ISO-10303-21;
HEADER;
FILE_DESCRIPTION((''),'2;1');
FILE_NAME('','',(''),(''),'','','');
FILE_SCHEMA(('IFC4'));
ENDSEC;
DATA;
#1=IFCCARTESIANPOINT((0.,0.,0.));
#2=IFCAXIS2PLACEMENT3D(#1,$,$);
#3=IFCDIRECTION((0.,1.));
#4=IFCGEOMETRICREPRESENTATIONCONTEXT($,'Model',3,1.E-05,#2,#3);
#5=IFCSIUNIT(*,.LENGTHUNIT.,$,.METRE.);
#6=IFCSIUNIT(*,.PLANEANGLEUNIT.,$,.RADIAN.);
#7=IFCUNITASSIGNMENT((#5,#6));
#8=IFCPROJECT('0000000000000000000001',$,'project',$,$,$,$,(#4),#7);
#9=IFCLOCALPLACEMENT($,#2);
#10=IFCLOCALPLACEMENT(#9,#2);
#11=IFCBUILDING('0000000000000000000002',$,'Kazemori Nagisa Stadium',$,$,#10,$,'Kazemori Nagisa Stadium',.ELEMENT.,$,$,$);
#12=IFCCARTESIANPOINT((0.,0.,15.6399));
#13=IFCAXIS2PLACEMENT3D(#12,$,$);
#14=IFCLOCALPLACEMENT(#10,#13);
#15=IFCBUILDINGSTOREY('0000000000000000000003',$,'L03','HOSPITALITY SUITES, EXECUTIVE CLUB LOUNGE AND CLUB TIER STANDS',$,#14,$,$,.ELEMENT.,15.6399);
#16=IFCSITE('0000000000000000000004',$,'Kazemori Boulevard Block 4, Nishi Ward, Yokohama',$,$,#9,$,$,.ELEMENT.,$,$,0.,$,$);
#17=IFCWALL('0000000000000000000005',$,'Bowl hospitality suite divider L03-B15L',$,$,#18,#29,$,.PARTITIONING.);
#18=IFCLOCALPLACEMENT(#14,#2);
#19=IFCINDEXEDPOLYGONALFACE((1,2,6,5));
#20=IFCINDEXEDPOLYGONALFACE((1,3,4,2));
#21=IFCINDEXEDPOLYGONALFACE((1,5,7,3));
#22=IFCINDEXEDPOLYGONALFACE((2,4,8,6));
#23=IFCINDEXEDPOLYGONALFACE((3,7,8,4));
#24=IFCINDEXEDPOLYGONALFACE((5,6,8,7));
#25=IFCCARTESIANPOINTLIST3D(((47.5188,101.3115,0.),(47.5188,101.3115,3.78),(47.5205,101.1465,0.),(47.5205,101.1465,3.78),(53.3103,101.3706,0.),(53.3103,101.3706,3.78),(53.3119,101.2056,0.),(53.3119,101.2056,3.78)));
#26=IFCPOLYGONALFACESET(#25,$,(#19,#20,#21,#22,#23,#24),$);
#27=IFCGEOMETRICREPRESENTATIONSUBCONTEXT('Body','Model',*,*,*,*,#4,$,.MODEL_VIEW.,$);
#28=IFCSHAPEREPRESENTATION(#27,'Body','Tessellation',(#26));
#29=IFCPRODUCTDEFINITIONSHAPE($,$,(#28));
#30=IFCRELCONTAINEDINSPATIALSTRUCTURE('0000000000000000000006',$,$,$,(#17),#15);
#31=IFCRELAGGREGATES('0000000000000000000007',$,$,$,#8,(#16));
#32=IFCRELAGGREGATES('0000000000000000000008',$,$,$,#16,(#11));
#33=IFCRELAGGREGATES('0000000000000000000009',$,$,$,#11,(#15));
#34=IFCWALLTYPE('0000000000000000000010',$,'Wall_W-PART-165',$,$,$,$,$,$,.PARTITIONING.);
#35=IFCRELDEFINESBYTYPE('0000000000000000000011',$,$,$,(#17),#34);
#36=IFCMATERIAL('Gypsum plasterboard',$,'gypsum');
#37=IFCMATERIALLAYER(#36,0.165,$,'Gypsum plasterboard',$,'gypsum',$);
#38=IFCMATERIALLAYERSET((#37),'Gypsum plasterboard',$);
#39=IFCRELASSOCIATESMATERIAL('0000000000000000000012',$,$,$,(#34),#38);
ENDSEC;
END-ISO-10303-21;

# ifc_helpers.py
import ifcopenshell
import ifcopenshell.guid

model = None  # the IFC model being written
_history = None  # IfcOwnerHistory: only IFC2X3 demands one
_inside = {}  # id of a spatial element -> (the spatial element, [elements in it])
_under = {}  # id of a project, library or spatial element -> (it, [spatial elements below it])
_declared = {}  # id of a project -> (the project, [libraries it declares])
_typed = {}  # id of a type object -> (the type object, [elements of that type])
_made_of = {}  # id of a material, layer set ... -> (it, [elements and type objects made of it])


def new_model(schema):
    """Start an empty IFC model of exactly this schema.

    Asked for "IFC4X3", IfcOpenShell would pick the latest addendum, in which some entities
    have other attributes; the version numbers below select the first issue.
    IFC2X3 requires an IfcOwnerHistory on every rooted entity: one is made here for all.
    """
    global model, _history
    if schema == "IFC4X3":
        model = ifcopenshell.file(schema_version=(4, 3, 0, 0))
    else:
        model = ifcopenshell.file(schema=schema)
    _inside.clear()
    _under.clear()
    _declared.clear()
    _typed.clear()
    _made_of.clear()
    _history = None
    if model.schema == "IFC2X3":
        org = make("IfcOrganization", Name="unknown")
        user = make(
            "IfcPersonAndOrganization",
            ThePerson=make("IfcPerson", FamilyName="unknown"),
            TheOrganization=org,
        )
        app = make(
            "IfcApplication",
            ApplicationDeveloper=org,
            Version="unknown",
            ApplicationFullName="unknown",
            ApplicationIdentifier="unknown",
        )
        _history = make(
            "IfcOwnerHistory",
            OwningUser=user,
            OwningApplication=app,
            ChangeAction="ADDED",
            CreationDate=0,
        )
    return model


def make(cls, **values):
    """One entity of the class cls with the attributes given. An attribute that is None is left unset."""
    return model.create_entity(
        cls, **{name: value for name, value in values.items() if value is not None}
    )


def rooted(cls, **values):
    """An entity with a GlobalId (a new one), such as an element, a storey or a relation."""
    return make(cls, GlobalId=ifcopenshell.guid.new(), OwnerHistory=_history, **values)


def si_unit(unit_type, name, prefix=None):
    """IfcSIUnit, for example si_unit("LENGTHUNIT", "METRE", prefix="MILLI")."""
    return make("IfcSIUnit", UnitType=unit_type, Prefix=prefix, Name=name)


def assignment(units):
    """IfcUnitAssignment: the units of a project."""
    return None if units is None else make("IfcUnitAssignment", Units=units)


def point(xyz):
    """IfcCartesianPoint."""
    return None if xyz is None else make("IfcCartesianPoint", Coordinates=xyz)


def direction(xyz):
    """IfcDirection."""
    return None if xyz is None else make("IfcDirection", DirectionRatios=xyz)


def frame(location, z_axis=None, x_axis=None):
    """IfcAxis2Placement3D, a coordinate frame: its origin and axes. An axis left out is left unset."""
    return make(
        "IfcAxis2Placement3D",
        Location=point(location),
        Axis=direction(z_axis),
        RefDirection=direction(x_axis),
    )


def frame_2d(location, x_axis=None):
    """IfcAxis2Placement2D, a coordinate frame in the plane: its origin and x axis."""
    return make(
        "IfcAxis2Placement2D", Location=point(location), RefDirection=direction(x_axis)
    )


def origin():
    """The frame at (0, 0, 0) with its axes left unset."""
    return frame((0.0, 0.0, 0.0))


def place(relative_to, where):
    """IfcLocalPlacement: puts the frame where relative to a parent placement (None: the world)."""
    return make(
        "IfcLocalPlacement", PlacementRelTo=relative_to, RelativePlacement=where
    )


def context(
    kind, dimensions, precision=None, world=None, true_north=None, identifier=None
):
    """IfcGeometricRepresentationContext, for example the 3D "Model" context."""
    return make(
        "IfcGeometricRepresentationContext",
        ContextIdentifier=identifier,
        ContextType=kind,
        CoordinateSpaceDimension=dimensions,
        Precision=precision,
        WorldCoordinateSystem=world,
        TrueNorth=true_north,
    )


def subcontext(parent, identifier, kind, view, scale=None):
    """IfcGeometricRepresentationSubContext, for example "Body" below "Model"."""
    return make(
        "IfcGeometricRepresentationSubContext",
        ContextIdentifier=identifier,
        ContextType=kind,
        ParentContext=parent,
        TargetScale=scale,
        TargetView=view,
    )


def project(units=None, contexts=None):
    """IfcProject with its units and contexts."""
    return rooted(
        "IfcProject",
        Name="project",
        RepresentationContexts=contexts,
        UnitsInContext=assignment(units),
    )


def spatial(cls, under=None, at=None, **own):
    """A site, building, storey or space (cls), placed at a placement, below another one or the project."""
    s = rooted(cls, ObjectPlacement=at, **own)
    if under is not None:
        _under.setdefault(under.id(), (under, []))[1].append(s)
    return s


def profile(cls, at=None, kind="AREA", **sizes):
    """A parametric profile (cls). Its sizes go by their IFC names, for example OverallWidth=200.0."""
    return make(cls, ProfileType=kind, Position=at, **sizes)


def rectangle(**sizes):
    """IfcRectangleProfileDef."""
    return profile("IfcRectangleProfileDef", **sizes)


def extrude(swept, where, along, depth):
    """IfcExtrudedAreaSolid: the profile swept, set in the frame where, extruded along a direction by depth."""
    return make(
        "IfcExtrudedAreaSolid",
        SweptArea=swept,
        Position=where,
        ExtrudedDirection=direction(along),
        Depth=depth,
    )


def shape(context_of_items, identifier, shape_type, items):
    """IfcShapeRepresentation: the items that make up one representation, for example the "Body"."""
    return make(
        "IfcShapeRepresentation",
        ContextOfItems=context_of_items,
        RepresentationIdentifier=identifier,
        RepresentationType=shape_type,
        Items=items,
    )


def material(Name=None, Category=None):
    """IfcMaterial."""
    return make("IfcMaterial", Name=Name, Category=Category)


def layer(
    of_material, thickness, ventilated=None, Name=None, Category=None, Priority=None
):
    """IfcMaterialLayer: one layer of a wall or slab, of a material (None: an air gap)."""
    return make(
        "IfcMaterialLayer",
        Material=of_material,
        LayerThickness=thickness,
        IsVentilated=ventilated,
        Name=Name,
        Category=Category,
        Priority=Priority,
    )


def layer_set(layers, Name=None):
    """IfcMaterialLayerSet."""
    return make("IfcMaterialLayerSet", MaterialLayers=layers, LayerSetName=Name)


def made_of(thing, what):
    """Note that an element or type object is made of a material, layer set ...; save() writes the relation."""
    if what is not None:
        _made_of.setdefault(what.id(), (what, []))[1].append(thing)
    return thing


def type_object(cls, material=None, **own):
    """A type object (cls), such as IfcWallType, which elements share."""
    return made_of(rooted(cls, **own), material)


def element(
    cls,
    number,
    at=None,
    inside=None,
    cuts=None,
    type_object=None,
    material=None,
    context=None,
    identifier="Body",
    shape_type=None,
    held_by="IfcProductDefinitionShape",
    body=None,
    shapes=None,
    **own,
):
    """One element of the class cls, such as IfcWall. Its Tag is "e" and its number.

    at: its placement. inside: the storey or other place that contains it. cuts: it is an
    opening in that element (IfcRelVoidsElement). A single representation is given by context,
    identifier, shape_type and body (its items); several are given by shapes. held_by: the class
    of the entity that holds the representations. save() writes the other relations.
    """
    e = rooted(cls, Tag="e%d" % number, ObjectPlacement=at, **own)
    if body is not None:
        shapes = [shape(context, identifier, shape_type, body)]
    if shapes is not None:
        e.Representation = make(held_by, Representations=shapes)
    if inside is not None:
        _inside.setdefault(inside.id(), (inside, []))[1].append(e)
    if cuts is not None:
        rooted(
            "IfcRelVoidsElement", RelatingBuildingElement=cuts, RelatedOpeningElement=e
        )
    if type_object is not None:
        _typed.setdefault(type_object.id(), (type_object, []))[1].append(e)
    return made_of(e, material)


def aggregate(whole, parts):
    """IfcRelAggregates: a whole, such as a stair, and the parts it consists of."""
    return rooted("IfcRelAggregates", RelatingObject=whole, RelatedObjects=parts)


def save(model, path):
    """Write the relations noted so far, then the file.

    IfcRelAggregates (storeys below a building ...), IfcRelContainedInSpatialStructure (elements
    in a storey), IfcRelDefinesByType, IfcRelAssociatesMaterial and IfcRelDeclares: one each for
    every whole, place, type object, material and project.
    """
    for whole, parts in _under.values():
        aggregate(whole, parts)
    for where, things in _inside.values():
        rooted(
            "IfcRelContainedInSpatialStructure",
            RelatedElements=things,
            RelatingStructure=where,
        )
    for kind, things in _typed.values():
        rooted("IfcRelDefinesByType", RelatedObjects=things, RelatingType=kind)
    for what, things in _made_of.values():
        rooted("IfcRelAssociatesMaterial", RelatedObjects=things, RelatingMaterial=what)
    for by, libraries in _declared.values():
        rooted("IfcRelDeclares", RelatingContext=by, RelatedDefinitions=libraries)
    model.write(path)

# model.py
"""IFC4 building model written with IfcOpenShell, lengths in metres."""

from ifc_helpers import new_model, si_unit, direction, frame, frame_2d, origin, place, context, subcontext, project, spatial, rectangle, extrude, material, layer, layer_set, type_object, element, save


model = new_model("IFC4")

# Units and contexts
model_context = context("Model", 3, precision=1e-05, world=origin(), true_north=direction((0.0, 1.0)))
body_context = subcontext(model_context, "Body", "Model", "MODEL_VIEW")
ifc_project = project(units=[si_unit("LENGTHUNIT", "METRE"), si_unit("PLANEANGLEUNIT", "RADIAN")], contexts=[model_context])

# Site, building, storey
site_placement = place(None, origin())
site = spatial("IfcSite", under=ifc_project, at=site_placement, Name="Kazemori Boulevard Block 4, Nishi Ward, Yokohama", CompositionType="ELEMENT", RefElevation=0.0)
building_placement = place(site_placement, origin())
building = spatial("IfcBuilding", under=site, at=building_placement, Name="Kazemori Nagisa Stadium", LongName="Kazemori Nagisa Stadium", CompositionType="ELEMENT")
storey_placement = place(building_placement, frame((0.0, 0.0, 15.6399)))
storey = spatial("IfcBuildingStorey", under=building, at=storey_placement, Name="L03", Description="HOSPITALITY SUITES, EXECUTIVE CLUB LOUNGE AND CLUB TIER STANDS", CompositionType="ELEMENT", Elevation=15.6399)

# Shared definitions
ifc_material_1 = material(Name="Gypsum plasterboard", Category="gypsum")
ifc_layer_1 = layer(ifc_material_1, 0.165, Name="Gypsum plasterboard", Category="gypsum")
ifc_layer_set_1 = layer_set([ifc_layer_1], Name="Gypsum plasterboard")
wall_type = type_object("IfcWallType", Name="Wall_W-PART-165", PredefinedType="PARTITIONING", material=ifc_layer_set_1)

# Wall
wall_1_placement = place(storey_placement, frame((47.5195, 101.229, 0.0), z_axis=(0.0, 0.0, 1.0), x_axis=(0.999948, 0.010201, 0.0)))
element("IfcWall", 1, at=wall_1_placement, inside=storey, type_object=wall_type, Name="Bowl hospitality suite divider L03-B15L", PredefinedType="PARTITIONING", context=body_context, shape_type="SweptSolid", body=[
    extrude(rectangle(XDim=5.7917, YDim=0.165, at=frame_2d((2.896, 0.0))), origin(), (0.0, 0.0, 1.0), 3.78),
])

save(model, "model.ifc")
